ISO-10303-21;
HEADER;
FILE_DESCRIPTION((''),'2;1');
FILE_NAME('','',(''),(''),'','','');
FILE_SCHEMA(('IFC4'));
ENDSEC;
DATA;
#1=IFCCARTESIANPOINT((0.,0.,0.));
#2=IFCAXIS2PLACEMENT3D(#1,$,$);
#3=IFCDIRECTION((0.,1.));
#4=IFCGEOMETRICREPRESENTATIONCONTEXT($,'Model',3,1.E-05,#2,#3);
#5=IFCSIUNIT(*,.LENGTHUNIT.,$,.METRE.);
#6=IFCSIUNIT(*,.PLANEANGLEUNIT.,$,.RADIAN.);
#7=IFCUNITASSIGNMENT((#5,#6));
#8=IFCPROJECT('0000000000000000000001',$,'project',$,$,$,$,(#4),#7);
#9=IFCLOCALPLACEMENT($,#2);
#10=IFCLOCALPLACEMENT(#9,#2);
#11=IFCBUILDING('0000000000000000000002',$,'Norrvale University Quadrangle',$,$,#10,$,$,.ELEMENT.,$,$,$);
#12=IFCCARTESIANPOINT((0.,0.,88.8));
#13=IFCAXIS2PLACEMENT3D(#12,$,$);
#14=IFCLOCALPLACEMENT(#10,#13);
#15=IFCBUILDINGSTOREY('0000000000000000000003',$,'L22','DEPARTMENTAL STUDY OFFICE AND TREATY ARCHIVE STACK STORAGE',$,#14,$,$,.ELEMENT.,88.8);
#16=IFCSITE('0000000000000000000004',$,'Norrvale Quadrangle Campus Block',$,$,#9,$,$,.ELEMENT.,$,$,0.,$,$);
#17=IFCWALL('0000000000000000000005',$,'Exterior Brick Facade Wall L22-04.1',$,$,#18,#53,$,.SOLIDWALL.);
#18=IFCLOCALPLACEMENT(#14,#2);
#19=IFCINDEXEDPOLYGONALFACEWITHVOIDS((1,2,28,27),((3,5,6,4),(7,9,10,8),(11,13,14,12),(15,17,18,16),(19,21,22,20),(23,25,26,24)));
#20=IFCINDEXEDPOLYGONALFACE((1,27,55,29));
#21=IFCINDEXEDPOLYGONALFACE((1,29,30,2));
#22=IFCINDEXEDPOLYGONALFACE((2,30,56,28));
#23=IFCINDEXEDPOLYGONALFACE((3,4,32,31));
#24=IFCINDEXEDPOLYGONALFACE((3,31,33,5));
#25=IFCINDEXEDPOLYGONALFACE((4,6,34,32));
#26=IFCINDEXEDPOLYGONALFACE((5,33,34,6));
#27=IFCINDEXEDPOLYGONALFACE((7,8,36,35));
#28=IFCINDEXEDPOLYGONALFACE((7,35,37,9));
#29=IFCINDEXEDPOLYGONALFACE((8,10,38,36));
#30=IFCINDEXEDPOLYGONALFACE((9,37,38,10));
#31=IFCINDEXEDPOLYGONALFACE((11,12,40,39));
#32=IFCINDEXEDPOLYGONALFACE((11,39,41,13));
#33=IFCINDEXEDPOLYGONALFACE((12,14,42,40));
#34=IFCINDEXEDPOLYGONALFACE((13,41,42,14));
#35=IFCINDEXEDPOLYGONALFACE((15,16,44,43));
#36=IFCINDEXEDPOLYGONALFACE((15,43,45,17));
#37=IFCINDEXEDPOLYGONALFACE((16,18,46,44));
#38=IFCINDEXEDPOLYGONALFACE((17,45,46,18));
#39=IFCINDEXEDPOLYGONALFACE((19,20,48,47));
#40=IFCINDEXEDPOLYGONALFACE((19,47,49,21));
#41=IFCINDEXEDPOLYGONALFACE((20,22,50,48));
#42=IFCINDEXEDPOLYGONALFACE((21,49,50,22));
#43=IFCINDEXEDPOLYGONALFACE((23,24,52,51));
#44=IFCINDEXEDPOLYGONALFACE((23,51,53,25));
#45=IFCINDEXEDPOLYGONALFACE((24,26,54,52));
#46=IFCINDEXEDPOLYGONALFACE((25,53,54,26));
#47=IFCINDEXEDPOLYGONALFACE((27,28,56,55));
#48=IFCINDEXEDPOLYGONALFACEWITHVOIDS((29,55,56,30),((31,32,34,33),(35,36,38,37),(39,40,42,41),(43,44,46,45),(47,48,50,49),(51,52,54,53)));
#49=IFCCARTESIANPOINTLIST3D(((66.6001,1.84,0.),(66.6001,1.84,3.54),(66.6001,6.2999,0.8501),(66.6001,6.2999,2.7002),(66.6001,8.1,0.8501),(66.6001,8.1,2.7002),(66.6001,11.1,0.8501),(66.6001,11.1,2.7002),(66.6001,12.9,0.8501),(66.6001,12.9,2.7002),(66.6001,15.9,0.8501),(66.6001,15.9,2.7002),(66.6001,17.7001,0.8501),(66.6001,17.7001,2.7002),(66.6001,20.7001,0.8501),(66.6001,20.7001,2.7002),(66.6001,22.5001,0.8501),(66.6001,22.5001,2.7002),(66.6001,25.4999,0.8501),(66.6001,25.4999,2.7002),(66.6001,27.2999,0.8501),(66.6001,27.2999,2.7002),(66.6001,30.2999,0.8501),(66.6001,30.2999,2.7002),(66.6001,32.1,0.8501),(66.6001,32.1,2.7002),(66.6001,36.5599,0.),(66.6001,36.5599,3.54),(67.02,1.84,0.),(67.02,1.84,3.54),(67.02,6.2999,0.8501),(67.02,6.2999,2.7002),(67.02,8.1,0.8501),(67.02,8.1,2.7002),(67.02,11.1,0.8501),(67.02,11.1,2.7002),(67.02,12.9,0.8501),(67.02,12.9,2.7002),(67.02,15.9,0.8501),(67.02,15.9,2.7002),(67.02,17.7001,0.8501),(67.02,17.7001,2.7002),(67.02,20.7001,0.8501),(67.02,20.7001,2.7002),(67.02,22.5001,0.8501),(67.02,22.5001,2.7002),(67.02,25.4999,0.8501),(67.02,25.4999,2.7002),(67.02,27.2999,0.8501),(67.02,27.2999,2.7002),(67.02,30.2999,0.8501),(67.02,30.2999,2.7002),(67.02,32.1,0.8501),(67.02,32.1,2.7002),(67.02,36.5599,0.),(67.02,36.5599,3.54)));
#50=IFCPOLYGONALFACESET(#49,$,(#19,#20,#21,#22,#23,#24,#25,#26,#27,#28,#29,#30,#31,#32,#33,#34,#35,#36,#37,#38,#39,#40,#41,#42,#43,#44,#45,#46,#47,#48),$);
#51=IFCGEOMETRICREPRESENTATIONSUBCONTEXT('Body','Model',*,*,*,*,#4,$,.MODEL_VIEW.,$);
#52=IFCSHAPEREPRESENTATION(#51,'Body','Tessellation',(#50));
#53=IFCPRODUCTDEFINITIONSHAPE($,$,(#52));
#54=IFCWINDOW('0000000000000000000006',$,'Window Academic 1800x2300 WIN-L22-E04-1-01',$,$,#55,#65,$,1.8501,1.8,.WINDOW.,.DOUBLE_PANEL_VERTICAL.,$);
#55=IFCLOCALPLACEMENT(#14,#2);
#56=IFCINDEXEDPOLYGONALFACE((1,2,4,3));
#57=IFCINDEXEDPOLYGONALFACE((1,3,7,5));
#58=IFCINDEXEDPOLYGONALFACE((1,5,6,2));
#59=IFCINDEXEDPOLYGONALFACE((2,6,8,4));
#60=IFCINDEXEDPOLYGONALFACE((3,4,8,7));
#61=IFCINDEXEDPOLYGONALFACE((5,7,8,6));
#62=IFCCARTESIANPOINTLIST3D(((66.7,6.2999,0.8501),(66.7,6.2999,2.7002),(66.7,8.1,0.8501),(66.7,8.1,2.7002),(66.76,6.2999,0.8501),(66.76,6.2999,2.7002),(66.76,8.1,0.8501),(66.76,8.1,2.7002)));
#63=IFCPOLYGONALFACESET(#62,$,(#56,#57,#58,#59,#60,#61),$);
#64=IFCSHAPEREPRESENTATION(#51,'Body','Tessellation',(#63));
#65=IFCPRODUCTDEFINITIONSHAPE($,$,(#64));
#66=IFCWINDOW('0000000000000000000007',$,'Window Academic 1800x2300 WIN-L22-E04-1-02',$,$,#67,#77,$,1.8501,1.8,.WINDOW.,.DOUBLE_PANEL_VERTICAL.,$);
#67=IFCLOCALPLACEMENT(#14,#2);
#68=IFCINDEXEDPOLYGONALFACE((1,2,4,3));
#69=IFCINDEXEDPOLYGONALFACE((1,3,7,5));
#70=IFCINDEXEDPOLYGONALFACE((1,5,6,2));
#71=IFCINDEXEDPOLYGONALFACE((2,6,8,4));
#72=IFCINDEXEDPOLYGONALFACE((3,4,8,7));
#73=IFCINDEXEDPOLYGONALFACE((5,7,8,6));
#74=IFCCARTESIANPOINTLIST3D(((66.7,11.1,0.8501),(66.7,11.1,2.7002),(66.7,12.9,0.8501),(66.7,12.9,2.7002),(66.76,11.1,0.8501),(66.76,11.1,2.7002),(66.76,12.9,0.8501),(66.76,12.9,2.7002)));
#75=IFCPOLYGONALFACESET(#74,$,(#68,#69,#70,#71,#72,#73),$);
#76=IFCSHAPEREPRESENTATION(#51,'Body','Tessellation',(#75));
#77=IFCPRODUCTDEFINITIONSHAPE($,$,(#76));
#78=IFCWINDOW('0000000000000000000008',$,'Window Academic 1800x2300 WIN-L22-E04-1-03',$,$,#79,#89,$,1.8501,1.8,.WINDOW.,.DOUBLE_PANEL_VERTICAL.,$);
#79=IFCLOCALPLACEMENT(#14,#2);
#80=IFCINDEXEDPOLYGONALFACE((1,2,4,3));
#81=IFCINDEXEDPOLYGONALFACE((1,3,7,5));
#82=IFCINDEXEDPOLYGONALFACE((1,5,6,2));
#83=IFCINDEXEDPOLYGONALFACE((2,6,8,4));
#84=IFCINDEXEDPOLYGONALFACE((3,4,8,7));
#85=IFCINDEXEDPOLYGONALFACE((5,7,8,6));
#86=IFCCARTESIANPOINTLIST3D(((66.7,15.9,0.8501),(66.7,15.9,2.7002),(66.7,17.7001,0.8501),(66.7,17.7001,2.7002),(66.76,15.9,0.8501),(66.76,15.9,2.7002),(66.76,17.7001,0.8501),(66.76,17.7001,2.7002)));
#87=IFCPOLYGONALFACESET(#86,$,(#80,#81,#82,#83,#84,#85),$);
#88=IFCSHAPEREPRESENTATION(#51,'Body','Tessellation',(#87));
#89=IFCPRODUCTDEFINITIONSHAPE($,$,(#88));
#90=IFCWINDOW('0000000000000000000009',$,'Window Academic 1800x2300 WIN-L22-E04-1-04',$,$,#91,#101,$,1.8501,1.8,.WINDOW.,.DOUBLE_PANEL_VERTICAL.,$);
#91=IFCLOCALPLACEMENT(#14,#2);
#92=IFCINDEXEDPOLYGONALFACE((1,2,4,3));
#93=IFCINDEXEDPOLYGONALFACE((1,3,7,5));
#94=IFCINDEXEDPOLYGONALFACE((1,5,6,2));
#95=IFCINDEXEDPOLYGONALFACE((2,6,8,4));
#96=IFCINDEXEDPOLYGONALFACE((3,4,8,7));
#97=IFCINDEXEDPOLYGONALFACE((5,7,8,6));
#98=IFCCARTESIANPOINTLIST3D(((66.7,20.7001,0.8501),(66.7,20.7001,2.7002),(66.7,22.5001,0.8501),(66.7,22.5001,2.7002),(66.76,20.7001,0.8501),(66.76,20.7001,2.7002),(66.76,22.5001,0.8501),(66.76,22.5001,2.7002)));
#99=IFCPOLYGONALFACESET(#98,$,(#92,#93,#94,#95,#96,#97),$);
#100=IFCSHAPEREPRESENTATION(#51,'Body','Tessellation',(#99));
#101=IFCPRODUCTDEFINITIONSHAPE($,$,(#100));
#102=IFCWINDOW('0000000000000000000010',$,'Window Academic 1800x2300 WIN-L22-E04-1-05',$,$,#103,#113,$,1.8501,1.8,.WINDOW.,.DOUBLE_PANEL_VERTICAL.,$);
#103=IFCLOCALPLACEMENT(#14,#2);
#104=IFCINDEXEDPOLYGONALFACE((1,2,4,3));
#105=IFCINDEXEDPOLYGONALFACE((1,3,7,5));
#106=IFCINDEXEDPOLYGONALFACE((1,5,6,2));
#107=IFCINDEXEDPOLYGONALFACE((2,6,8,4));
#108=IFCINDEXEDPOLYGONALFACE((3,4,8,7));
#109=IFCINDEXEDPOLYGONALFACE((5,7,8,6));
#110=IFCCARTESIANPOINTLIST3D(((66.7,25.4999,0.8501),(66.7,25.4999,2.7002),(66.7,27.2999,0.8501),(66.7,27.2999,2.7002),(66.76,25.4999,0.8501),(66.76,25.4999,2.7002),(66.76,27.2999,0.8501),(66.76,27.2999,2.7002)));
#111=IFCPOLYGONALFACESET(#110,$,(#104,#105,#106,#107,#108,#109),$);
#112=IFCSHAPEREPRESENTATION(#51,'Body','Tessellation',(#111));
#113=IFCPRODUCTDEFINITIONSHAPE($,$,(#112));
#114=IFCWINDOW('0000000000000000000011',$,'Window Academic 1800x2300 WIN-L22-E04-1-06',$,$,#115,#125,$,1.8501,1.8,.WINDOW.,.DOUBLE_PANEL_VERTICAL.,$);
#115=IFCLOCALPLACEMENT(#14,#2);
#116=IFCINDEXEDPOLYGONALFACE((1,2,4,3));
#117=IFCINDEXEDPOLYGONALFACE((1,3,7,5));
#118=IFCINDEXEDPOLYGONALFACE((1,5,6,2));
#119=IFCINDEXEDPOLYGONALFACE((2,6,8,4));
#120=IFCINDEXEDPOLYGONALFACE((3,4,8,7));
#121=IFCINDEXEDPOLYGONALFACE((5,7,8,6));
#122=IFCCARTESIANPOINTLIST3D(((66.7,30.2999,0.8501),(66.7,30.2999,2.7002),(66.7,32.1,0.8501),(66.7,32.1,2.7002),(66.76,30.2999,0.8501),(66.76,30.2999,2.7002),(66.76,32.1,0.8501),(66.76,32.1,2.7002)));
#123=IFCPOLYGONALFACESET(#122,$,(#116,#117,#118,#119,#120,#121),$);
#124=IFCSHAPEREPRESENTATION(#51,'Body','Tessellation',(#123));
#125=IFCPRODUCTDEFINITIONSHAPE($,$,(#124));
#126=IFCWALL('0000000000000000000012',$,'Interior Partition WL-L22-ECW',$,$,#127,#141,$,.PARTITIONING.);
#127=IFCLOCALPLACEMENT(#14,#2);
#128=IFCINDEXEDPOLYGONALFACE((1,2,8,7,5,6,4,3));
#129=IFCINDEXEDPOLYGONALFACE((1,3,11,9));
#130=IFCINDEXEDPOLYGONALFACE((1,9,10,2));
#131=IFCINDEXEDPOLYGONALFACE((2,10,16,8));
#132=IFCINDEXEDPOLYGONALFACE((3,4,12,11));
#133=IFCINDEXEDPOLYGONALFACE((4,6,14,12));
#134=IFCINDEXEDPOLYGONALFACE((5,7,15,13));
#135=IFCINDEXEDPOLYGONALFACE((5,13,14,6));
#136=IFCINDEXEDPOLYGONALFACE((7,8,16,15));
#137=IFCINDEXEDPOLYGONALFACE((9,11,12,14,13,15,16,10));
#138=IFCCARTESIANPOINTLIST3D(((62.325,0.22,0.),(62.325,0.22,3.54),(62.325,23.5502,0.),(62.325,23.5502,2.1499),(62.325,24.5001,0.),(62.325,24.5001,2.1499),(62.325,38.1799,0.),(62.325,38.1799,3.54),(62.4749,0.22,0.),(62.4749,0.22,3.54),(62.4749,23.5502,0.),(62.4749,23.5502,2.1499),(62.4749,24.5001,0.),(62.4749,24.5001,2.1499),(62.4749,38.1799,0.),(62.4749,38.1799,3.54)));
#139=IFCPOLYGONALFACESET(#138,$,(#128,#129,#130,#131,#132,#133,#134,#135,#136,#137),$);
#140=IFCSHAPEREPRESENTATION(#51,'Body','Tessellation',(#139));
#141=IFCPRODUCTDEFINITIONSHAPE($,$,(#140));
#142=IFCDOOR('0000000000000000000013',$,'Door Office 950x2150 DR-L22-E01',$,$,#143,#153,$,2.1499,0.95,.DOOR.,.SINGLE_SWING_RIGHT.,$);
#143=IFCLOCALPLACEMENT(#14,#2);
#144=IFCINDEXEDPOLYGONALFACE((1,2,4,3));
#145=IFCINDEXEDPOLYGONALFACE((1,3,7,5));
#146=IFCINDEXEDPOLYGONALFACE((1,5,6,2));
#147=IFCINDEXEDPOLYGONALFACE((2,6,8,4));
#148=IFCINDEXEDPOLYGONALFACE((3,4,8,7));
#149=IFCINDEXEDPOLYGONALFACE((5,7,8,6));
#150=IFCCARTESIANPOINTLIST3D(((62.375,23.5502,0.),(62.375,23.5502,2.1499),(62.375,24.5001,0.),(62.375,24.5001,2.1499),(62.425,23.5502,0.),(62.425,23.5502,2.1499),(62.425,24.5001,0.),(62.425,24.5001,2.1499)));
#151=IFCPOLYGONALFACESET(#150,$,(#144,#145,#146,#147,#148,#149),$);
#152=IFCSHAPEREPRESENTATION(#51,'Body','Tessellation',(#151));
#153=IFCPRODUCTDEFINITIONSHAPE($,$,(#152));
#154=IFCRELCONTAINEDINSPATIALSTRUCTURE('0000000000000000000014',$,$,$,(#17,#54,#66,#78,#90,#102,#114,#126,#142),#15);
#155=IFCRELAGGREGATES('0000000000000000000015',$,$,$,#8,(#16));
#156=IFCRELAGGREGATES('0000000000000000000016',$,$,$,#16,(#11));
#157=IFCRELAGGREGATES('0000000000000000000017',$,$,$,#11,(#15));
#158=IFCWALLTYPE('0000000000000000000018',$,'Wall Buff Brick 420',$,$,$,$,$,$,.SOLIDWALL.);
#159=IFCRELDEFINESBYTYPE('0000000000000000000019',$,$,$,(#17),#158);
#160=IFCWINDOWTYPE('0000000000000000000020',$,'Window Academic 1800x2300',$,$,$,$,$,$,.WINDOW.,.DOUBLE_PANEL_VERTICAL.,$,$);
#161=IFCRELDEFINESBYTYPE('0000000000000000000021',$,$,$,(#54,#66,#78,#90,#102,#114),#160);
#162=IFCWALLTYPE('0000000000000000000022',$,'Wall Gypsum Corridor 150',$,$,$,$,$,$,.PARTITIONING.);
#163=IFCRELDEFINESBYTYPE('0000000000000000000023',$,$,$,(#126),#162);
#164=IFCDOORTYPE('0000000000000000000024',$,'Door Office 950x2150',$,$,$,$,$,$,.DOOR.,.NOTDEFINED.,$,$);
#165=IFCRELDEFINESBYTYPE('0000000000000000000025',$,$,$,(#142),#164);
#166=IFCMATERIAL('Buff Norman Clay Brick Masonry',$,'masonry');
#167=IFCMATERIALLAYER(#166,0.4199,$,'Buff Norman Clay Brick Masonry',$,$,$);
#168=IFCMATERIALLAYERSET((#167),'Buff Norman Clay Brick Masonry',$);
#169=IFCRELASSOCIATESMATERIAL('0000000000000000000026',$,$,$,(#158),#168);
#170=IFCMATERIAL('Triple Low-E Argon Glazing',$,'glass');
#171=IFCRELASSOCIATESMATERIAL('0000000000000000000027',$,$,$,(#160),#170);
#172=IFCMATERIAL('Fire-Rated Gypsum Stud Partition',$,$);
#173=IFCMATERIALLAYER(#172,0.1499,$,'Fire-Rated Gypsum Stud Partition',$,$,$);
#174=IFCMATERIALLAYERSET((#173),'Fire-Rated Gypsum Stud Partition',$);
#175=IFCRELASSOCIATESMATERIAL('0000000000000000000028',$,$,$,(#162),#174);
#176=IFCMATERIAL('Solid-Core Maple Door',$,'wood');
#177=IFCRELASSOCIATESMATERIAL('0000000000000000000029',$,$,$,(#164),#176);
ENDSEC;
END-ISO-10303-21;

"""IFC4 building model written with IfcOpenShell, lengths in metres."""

from ifc_helpers import new_model, si_unit, direction, frame, frame_2d, origin, place, context, subcontext, project, spatial, rectangle, extrude, material, layer, layer_set, type_object, element, fill, save


model = new_model("IFC4")

# Units and contexts
model_context = context("Model", 3, precision=1e-05, world=origin(), true_north=direction((0.0, 1.0)))
body_context = subcontext(model_context, "Body", "Model", "MODEL_VIEW")
ifc_project = project(units=[si_unit("LENGTHUNIT", "METRE"), si_unit("PLANEANGLEUNIT", "RADIAN")], contexts=[model_context])

# Site, building, storey
site_placement = place(None, origin())
site = spatial("IfcSite", under=ifc_project, at=site_placement, Name="Norrvale Quadrangle Campus Block", CompositionType="ELEMENT", RefElevation=0.0)
building_placement = place(site_placement, origin())
building = spatial("IfcBuilding", under=site, at=building_placement, Name="Norrvale University Quadrangle", CompositionType="ELEMENT")
storey_placement = place(building_placement, frame((0.0, 0.0, 88.8)))
storey = spatial("IfcBuildingStorey", under=building, at=storey_placement, Name="L22", Description="DEPARTMENTAL STUDY OFFICE AND TREATY ARCHIVE STACK STORAGE", CompositionType="ELEMENT", Elevation=88.8)

# Shared definitions
ifc_material_1 = material(Name="Buff Norman Clay Brick Masonry", Category="masonry")
ifc_layer_1 = layer(ifc_material_1, 0.4199, Name="Buff Norman Clay Brick Masonry")
ifc_layer_set_1 = layer_set([ifc_layer_1], Name="Buff Norman Clay Brick Masonry")
wall_type_1 = type_object("IfcWallType", Name="Wall Buff Brick 420", PredefinedType="SOLIDWALL", material=ifc_layer_set_1)

# Wall, openings, windows
wall_1_placement = place(storey_placement, frame((66.8101, 1.8401, 0.0), z_axis=(0.0, 0.0, 1.0), x_axis=(0.0, 1.0, 0.0)))
wall_1 = element("IfcWall", 1, at=wall_1_placement, inside=storey, type_object=wall_type_1, Name="Exterior Brick Facade Wall L22-04.1", PredefinedType="SOLIDWALL", context=body_context, shape_type="SweptSolid", body=[
    extrude(rectangle(XDim=34.72, YDim=0.4199, at=frame_2d((17.3599, 0.0))), origin(), (0.0, 0.0, 1.0), 3.54),
])
opening_1_placement = place(wall_1_placement, frame((4.46, 0.0, 0.8501)))
opening_1 = element("IfcOpeningElement", 2, at=opening_1_placement, cuts=wall_1, PredefinedType="OPENING", context=body_context, shape_type="SweptSolid", body=[
    extrude(rectangle(XDim=1.8, YDim=1.8501, at=frame_2d((0.8999, 0.925))), frame((0.0, 0.2219, 0.0), z_axis=(0.0, -1.0, 0.0), x_axis=(1.0, 0.0, 0.0)), (0.0, 0.0, 1.0), 0.4438),
])
opening_2_placement = place(wall_1_placement, frame((9.26, 0.0, 0.8501)))
opening_2 = element("IfcOpeningElement", 3, at=opening_2_placement, cuts=wall_1, PredefinedType="OPENING", context=body_context, shape_type="SweptSolid", body=[
    extrude(rectangle(XDim=1.8, YDim=1.8501, at=frame_2d((0.8999, 0.925))), frame((0.0, 0.2219, 0.0), z_axis=(0.0, -1.0, 0.0), x_axis=(1.0, 0.0, 0.0)), (0.0, 0.0, 1.0), 0.4438),
])
opening_3_placement = place(wall_1_placement, frame((14.0601, 0.0, 0.8501)))
opening_3 = element("IfcOpeningElement", 4, at=opening_3_placement, cuts=wall_1, PredefinedType="OPENING", context=body_context, shape_type="SweptSolid", body=[
    extrude(rectangle(XDim=1.8, YDim=1.8501, at=frame_2d((0.8999, 0.925))), frame((0.0, 0.2219, 0.0), z_axis=(0.0, -1.0, 0.0), x_axis=(1.0, 0.0, 0.0)), (0.0, 0.0, 1.0), 0.4438),
])
opening_4_placement = place(wall_1_placement, frame((18.8601, 0.0, 0.8501)))
opening_4 = element("IfcOpeningElement", 5, at=opening_4_placement, cuts=wall_1, PredefinedType="OPENING", context=body_context, shape_type="SweptSolid", body=[
    extrude(rectangle(XDim=1.8, YDim=1.8501, at=frame_2d((0.8999, 0.925))), frame((0.0, 0.2219, 0.0), z_axis=(0.0, -1.0, 0.0), x_axis=(1.0, 0.0, 0.0)), (0.0, 0.0, 1.0), 0.4438),
])
opening_5_placement = place(wall_1_placement, frame((23.6599, 0.0, 0.8501)))
opening_5 = element("IfcOpeningElement", 6, at=opening_5_placement, cuts=wall_1, PredefinedType="OPENING", context=body_context, shape_type="SweptSolid", body=[
    extrude(rectangle(XDim=1.8, YDim=1.8501, at=frame_2d((0.8999, 0.925))), frame((0.0, 0.2219, 0.0), z_axis=(0.0, -1.0, 0.0), x_axis=(1.0, 0.0, 0.0)), (0.0, 0.0, 1.0), 0.4438),
])
opening_6_placement = place(wall_1_placement, frame((28.46, 0.0, 0.8501)))
opening_6 = element("IfcOpeningElement", 7, at=opening_6_placement, cuts=wall_1, PredefinedType="OPENING", context=body_context, shape_type="SweptSolid", body=[
    extrude(rectangle(XDim=1.8, YDim=1.8501, at=frame_2d((0.8999, 0.925))), frame((0.0, 0.2219, 0.0), z_axis=(0.0, -1.0, 0.0), x_axis=(1.0, 0.0, 0.0)), (0.0, 0.0, 1.0), 0.4438),
])
ifc_material_2 = material(Name="Triple Low-E Argon Glazing", Category="glass")
window_type = type_object("IfcWindowType", Name="Window Academic 1800x2300", PartitioningType="DOUBLE_PANEL_VERTICAL", PredefinedType="WINDOW", material=ifc_material_2)
window_1_placement = place(opening_1_placement, origin())
window_1 = element("IfcWindow", 8, at=window_1_placement, inside=storey, type_object=window_type, Name="Window Academic 1800x2300 WIN-L22-E04-1-01", OverallHeight=1.8501, OverallWidth=1.8, PartitioningType="DOUBLE_PANEL_VERTICAL", PredefinedType="WINDOW", context=body_context, shape_type="SweptSolid", body=[
    extrude(rectangle(XDim=1.8, YDim=1.8501, at=frame_2d((0.8999, 0.925))), frame((0.0, 0.1101, 0.0), z_axis=(0.0, -1.0, 0.0), x_axis=(1.0, 0.0, 0.0)), (0.0, 0.0, 1.0), 0.0601),
])
fill(opening_1, window_1)
window_2_placement = place(opening_2_placement, origin())
window_2 = element("IfcWindow", 9, at=window_2_placement, inside=storey, type_object=window_type, Name="Window Academic 1800x2300 WIN-L22-E04-1-02", OverallHeight=1.8501, OverallWidth=1.8, PartitioningType="DOUBLE_PANEL_VERTICAL", PredefinedType="WINDOW", context=body_context, shape_type="SweptSolid", body=[
    extrude(rectangle(XDim=1.8, YDim=1.8501, at=frame_2d((0.8999, 0.925))), frame((0.0, 0.1101, 0.0), z_axis=(0.0, -1.0, 0.0), x_axis=(1.0, 0.0, 0.0)), (0.0, 0.0, 1.0), 0.0601),
])
fill(opening_2, window_2)
window_3_placement = place(opening_3_placement, origin())
window_3 = element("IfcWindow", 10, at=window_3_placement, inside=storey, type_object=window_type, Name="Window Academic 1800x2300 WIN-L22-E04-1-03", OverallHeight=1.8501, OverallWidth=1.8, PartitioningType="DOUBLE_PANEL_VERTICAL", PredefinedType="WINDOW", context=body_context, shape_type="SweptSolid", body=[
    extrude(rectangle(XDim=1.8, YDim=1.8501, at=frame_2d((0.8999, 0.925))), frame((0.0, 0.1101, 0.0), z_axis=(0.0, -1.0, 0.0), x_axis=(1.0, 0.0, 0.0)), (0.0, 0.0, 1.0), 0.0601),
])
fill(opening_3, window_3)
window_4_placement = place(opening_4_placement, origin())
window_4 = element("IfcWindow", 11, at=window_4_placement, inside=storey, type_object=window_type, Name="Window Academic 1800x2300 WIN-L22-E04-1-04", OverallHeight=1.8501, OverallWidth=1.8, PartitioningType="DOUBLE_PANEL_VERTICAL", PredefinedType="WINDOW", context=body_context, shape_type="SweptSolid", body=[
    extrude(rectangle(XDim=1.8, YDim=1.8501, at=frame_2d((0.8999, 0.925))), frame((0.0, 0.1101, 0.0), z_axis=(0.0, -1.0, 0.0), x_axis=(1.0, 0.0, 0.0)), (0.0, 0.0, 1.0), 0.0601),
])
fill(opening_4, window_4)
window_5_placement = place(opening_5_placement, origin())
window_5 = element("IfcWindow", 12, at=window_5_placement, inside=storey, type_object=window_type, Name="Window Academic 1800x2300 WIN-L22-E04-1-05", OverallHeight=1.8501, OverallWidth=1.8, PartitioningType="DOUBLE_PANEL_VERTICAL", PredefinedType="WINDOW", context=body_context, shape_type="SweptSolid", body=[
    extrude(rectangle(XDim=1.8, YDim=1.8501, at=frame_2d((0.8999, 0.925))), frame((0.0, 0.1101, 0.0), z_axis=(0.0, -1.0, 0.0), x_axis=(1.0, 0.0, 0.0)), (0.0, 0.0, 1.0), 0.0601),
])
fill(opening_5, window_5)
window_6_placement = place(opening_6_placement, origin())
window_6 = element("IfcWindow", 13, at=window_6_placement, inside=storey, type_object=window_type, Name="Window Academic 1800x2300 WIN-L22-E04-1-06", OverallHeight=1.8501, OverallWidth=1.8, PartitioningType="DOUBLE_PANEL_VERTICAL", PredefinedType="WINDOW", context=body_context, shape_type="SweptSolid", body=[
    extrude(rectangle(XDim=1.8, YDim=1.8501, at=frame_2d((0.8999, 0.925))), frame((0.0, 0.1101, 0.0), z_axis=(0.0, -1.0, 0.0), x_axis=(1.0, 0.0, 0.0)), (0.0, 0.0, 1.0), 0.0601),
])
fill(opening_6, window_6)

# Wall, opening, door
ifc_material_3 = material(Name="Fire-Rated Gypsum Stud Partition")
ifc_layer_2 = layer(ifc_material_3, 0.1499, Name="Fire-Rated Gypsum Stud Partition")
ifc_layer_set_2 = layer_set([ifc_layer_2], Name="Fire-Rated Gypsum Stud Partition")
wall_type_2 = type_object("IfcWallType", Name="Wall Gypsum Corridor 150", PredefinedType="PARTITIONING", material=ifc_layer_set_2)
wall_2_placement = place(storey_placement, frame((62.3999, 0.22, 0.0), z_axis=(0.0, 0.0, 1.0), x_axis=(0.0, 1.0, 0.0)))
wall_2 = element("IfcWall", 14, at=wall_2_placement, inside=storey, type_object=wall_type_2, Name="Interior Partition WL-L22-ECW", PredefinedType="PARTITIONING", context=body_context, shape_type="SweptSolid", body=[
    extrude(rectangle(XDim=37.96, YDim=0.1499, at=frame_2d((18.98, 0.0))), origin(), (0.0, 0.0, 1.0), 3.54),
])
opening_7_placement = place(wall_2_placement, frame((23.3301, 0.0, 0.0)))
opening_7 = element("IfcOpeningElement", 15, at=opening_7_placement, cuts=wall_2, PredefinedType="OPENING", context=body_context, shape_type="SweptSolid", body=[
    extrude(rectangle(XDim=0.95, YDim=2.1499, at=frame_2d((0.4751, 1.075))), frame((0.0, 0.0869, 0.0), z_axis=(0.0, -1.0, 0.0), x_axis=(1.0, 0.0, 0.0)), (0.0, 0.0, 1.0), 0.1738),
])
ifc_material_4 = material(Name="Solid-Core Maple Door", Category="wood")
door_type = type_object("IfcDoorType", Name="Door Office 950x2150", OperationType="NOTDEFINED", PredefinedType="DOOR", material=ifc_material_4)
door_placement = place(opening_7_placement, origin())
door = element("IfcDoor", 16, at=door_placement, inside=storey, type_object=door_type, Name="Door Office 950x2150 DR-L22-E01", OperationType="SINGLE_SWING_RIGHT", OverallHeight=2.1499, OverallWidth=0.95, PredefinedType="DOOR", context=body_context, shape_type="SweptSolid", body=[
    extrude(rectangle(XDim=0.95, YDim=2.1499, at=frame_2d((0.4751, 1.075))), frame((0.0, 0.0249, 0.0), z_axis=(0.0, -1.0, 0.0), x_axis=(1.0, 0.0, 0.0)), (0.0, 0.0, 1.0), 0.05),
])
fill(opening_7, door)

save(model, "model.ifc")
